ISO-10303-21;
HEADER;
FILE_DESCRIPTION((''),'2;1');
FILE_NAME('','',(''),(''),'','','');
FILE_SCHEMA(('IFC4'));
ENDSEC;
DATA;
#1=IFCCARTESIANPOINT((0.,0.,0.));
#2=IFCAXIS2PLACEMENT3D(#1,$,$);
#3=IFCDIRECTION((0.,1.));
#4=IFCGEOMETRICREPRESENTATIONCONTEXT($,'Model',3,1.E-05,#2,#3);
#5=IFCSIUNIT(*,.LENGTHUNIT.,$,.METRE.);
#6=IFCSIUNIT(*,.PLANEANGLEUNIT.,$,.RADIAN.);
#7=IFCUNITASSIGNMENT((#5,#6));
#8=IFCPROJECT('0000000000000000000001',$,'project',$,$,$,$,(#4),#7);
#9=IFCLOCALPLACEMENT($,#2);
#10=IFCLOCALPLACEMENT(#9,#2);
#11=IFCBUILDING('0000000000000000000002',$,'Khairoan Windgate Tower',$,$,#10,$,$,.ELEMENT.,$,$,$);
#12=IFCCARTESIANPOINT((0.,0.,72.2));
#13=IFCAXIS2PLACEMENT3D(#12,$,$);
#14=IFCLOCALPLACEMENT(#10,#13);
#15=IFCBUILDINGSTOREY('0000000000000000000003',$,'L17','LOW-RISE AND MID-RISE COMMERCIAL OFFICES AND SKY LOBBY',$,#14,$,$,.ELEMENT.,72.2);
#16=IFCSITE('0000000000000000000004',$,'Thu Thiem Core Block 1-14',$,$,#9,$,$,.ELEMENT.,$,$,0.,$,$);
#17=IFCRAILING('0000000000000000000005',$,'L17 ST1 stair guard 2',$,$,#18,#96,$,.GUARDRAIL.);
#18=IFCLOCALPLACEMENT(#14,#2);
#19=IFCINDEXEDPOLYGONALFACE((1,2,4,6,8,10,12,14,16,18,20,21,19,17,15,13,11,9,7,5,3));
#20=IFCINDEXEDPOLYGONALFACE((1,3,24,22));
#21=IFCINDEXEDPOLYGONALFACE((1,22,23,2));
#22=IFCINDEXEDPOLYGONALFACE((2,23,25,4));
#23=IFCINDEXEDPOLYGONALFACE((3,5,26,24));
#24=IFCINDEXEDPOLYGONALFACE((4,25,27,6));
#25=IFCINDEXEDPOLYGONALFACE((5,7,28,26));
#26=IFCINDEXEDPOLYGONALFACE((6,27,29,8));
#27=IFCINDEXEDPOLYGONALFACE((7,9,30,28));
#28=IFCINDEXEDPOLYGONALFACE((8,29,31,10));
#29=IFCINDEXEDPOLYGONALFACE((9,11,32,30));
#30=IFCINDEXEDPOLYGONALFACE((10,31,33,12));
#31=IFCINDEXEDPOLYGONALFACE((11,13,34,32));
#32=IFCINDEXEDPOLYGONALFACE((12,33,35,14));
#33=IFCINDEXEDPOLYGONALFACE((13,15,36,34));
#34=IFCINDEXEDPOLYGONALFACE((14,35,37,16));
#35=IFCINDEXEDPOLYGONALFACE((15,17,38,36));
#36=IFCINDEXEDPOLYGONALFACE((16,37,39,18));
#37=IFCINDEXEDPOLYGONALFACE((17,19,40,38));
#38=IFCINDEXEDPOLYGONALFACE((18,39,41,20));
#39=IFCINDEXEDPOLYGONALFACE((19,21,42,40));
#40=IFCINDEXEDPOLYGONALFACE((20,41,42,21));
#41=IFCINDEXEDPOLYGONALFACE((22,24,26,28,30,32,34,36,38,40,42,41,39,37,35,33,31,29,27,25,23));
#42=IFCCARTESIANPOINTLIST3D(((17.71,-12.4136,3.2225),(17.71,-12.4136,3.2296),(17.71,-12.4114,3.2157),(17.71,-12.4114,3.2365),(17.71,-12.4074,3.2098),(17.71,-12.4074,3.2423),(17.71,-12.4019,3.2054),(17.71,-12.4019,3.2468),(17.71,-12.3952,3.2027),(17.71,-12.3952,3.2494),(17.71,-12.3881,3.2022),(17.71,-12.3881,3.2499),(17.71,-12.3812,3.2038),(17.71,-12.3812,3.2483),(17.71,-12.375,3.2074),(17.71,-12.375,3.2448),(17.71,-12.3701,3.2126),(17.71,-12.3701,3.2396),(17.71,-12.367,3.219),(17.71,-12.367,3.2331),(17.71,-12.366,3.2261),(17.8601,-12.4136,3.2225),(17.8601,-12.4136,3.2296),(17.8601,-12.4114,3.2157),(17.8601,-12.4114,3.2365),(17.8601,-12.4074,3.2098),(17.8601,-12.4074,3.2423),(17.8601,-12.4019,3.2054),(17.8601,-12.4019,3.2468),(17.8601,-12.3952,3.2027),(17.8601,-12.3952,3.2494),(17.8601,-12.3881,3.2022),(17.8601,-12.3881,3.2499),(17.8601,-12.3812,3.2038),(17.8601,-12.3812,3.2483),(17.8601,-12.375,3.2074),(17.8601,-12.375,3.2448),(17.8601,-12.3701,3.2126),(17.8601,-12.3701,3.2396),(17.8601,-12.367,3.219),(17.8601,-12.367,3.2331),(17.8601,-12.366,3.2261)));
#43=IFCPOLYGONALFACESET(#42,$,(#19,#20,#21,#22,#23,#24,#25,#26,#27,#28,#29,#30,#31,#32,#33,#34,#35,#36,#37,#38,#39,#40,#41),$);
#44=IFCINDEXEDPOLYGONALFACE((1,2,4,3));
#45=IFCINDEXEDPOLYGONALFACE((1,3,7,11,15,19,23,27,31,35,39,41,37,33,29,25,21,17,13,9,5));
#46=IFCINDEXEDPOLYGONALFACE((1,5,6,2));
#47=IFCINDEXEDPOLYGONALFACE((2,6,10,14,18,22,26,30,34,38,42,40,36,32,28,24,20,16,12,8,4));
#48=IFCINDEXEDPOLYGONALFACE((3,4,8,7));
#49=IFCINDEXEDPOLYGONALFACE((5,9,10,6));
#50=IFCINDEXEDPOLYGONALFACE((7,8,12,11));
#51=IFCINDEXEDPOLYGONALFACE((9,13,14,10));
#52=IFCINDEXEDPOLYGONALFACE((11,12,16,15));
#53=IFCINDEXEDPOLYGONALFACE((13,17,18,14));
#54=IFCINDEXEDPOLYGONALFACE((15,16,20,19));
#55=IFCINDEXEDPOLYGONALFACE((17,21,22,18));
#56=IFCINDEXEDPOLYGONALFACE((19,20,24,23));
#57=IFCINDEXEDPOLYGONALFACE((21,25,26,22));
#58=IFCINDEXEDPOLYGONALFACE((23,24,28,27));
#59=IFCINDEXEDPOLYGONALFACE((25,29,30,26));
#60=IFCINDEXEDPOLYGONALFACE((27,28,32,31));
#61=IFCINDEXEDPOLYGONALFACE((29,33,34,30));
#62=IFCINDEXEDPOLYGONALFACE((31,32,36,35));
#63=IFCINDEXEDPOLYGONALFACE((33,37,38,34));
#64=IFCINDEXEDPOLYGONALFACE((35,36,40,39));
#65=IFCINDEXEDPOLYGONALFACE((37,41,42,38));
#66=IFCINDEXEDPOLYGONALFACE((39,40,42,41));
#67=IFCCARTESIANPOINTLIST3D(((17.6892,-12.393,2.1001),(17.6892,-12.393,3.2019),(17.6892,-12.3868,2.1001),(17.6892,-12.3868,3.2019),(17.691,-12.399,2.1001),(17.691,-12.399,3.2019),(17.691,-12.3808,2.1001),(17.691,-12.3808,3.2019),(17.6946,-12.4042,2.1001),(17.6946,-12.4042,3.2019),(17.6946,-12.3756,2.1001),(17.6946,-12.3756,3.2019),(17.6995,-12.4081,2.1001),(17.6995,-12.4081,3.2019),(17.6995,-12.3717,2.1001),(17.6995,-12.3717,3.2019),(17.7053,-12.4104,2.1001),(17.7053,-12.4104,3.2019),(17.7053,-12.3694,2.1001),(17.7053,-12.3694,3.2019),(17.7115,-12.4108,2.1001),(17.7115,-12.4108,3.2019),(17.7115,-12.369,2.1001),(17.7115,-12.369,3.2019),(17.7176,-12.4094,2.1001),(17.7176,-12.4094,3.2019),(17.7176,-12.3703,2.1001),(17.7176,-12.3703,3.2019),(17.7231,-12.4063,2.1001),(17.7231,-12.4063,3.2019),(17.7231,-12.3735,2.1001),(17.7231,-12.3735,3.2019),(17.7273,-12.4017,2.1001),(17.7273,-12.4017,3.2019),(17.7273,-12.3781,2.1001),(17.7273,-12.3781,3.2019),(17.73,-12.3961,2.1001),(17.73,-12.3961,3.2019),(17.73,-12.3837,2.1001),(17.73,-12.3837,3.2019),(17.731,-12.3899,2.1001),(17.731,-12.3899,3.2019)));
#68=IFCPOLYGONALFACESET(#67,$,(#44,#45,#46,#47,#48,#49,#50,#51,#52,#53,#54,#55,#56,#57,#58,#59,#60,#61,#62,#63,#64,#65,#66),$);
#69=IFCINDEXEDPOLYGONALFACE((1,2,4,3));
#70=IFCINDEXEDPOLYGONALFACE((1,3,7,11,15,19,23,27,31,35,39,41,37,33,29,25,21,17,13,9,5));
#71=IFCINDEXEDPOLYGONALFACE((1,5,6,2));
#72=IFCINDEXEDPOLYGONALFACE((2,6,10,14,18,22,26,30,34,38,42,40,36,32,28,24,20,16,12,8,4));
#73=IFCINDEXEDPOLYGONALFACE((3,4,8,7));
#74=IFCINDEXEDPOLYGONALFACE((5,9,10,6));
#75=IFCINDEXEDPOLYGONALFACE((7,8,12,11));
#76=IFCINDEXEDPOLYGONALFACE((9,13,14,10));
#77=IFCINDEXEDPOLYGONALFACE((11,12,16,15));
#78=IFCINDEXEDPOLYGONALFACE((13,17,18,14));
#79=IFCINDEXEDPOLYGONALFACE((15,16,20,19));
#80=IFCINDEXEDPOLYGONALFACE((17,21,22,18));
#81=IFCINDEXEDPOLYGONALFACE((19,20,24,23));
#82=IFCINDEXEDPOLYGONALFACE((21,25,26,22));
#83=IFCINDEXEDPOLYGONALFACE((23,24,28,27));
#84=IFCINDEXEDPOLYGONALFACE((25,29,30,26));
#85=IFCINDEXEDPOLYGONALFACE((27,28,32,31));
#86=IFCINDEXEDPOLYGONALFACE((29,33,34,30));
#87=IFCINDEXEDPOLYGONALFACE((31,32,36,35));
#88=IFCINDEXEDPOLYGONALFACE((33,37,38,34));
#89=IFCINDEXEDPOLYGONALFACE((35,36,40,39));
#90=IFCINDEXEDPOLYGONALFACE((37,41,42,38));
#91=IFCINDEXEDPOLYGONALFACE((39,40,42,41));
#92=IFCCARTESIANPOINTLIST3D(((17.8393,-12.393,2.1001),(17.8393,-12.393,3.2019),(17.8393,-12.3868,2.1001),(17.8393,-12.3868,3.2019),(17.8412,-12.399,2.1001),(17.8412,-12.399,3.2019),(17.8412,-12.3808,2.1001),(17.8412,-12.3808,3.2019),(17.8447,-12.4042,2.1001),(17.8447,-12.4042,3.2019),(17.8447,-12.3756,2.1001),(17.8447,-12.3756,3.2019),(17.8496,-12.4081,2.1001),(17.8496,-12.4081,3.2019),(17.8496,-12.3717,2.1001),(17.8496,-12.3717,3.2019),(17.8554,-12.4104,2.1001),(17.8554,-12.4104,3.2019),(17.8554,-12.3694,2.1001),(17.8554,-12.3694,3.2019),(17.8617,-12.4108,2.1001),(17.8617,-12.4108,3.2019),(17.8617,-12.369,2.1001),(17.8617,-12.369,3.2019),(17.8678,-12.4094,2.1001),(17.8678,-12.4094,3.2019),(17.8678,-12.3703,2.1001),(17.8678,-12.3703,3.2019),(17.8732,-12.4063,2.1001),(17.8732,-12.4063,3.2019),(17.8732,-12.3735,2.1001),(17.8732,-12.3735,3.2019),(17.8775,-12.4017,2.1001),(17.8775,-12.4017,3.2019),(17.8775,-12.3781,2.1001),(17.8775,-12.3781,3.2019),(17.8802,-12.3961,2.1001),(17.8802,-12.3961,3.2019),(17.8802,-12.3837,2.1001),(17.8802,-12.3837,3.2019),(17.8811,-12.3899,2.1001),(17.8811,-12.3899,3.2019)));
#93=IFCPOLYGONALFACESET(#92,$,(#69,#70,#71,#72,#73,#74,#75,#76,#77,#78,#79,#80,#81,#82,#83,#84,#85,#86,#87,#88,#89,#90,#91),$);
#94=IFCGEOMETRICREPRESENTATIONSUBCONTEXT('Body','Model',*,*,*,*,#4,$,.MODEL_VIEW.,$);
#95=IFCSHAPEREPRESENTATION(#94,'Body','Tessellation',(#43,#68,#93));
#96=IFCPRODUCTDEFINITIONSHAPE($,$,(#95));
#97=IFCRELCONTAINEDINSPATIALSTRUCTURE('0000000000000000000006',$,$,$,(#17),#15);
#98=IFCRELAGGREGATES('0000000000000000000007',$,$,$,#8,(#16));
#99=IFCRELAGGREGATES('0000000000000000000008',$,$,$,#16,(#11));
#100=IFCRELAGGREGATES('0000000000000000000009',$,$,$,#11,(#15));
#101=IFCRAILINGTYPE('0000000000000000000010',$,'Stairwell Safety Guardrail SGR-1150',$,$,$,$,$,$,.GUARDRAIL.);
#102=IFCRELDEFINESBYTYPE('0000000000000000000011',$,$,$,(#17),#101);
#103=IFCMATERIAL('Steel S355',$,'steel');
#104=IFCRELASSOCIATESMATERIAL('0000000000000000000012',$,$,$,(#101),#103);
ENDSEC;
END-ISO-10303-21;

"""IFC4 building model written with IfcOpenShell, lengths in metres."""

from ifc_helpers import new_model, si_unit, direction, frame, origin, origin_2d, place, context, subcontext, project, spatial, circle, extrude, material, type_object, element, save


model = new_model("IFC4")

# Units and contexts
model_context = context("Model", 3, precision=1e-05, world=origin(), true_north=direction((0.0, 1.0)))
body_context = subcontext(model_context, "Body", "Model", "MODEL_VIEW")
ifc_project = project(units=[si_unit("LENGTHUNIT", "METRE"), si_unit("PLANEANGLEUNIT", "RADIAN")], contexts=[model_context])

# Site, building, storey
site_placement = place(None, origin())
site = spatial("IfcSite", under=ifc_project, at=site_placement, Name="Thu Thiem Core Block 1-14", CompositionType="ELEMENT", RefElevation=0.0)
building_placement = place(site_placement, origin())
building = spatial("IfcBuilding", under=site, at=building_placement, Name="Khairoan Windgate Tower", CompositionType="ELEMENT")
storey_placement = place(building_placement, frame((0.0, 0.0, 72.2)))
storey = spatial("IfcBuildingStorey", under=building, at=storey_placement, Name="L17", Description="LOW-RISE AND MID-RISE COMMERCIAL OFFICES AND SKY LOBBY", CompositionType="ELEMENT", Elevation=72.2)

# Railing
ifc_material_1 = material(Name="Steel S355", Category="steel")
railing_type_1 = type_object("IfcRailingType", Name="Stairwell Safety Guardrail SGR-1150", PredefinedType="GUARDRAIL", material=ifc_material_1)
railing_1_placement = place(storey_placement, frame((17.71, -12.3899, 2.1001)))
element("IfcRailing", 1, at=railing_1_placement, inside=storey, type_object=railing_type_1, Name="L17 ST1 stair guard 2", PredefinedType="GUARDRAIL", context=body_context, shape_type="SweptSolid", body=[
    extrude(circle(Radius=0.0239, at=origin_2d()), frame((0.0, 0.0, 1.126), z_axis=(1.0, 0.0, 0.0), x_axis=(0.0, 1.0, 0.0)), (0.0, 0.0, 1.0), 0.1501),
    extrude(circle(Radius=0.021, at=origin_2d()), origin(), (0.0, 0.0, 1.0), 1.1018),
    extrude(circle(Radius=0.021, at=origin_2d()), frame((0.1501, 0.0, 0.0)), (0.0, 0.0, 1.0), 1.1018),
])

save(model, "model.ifc")
